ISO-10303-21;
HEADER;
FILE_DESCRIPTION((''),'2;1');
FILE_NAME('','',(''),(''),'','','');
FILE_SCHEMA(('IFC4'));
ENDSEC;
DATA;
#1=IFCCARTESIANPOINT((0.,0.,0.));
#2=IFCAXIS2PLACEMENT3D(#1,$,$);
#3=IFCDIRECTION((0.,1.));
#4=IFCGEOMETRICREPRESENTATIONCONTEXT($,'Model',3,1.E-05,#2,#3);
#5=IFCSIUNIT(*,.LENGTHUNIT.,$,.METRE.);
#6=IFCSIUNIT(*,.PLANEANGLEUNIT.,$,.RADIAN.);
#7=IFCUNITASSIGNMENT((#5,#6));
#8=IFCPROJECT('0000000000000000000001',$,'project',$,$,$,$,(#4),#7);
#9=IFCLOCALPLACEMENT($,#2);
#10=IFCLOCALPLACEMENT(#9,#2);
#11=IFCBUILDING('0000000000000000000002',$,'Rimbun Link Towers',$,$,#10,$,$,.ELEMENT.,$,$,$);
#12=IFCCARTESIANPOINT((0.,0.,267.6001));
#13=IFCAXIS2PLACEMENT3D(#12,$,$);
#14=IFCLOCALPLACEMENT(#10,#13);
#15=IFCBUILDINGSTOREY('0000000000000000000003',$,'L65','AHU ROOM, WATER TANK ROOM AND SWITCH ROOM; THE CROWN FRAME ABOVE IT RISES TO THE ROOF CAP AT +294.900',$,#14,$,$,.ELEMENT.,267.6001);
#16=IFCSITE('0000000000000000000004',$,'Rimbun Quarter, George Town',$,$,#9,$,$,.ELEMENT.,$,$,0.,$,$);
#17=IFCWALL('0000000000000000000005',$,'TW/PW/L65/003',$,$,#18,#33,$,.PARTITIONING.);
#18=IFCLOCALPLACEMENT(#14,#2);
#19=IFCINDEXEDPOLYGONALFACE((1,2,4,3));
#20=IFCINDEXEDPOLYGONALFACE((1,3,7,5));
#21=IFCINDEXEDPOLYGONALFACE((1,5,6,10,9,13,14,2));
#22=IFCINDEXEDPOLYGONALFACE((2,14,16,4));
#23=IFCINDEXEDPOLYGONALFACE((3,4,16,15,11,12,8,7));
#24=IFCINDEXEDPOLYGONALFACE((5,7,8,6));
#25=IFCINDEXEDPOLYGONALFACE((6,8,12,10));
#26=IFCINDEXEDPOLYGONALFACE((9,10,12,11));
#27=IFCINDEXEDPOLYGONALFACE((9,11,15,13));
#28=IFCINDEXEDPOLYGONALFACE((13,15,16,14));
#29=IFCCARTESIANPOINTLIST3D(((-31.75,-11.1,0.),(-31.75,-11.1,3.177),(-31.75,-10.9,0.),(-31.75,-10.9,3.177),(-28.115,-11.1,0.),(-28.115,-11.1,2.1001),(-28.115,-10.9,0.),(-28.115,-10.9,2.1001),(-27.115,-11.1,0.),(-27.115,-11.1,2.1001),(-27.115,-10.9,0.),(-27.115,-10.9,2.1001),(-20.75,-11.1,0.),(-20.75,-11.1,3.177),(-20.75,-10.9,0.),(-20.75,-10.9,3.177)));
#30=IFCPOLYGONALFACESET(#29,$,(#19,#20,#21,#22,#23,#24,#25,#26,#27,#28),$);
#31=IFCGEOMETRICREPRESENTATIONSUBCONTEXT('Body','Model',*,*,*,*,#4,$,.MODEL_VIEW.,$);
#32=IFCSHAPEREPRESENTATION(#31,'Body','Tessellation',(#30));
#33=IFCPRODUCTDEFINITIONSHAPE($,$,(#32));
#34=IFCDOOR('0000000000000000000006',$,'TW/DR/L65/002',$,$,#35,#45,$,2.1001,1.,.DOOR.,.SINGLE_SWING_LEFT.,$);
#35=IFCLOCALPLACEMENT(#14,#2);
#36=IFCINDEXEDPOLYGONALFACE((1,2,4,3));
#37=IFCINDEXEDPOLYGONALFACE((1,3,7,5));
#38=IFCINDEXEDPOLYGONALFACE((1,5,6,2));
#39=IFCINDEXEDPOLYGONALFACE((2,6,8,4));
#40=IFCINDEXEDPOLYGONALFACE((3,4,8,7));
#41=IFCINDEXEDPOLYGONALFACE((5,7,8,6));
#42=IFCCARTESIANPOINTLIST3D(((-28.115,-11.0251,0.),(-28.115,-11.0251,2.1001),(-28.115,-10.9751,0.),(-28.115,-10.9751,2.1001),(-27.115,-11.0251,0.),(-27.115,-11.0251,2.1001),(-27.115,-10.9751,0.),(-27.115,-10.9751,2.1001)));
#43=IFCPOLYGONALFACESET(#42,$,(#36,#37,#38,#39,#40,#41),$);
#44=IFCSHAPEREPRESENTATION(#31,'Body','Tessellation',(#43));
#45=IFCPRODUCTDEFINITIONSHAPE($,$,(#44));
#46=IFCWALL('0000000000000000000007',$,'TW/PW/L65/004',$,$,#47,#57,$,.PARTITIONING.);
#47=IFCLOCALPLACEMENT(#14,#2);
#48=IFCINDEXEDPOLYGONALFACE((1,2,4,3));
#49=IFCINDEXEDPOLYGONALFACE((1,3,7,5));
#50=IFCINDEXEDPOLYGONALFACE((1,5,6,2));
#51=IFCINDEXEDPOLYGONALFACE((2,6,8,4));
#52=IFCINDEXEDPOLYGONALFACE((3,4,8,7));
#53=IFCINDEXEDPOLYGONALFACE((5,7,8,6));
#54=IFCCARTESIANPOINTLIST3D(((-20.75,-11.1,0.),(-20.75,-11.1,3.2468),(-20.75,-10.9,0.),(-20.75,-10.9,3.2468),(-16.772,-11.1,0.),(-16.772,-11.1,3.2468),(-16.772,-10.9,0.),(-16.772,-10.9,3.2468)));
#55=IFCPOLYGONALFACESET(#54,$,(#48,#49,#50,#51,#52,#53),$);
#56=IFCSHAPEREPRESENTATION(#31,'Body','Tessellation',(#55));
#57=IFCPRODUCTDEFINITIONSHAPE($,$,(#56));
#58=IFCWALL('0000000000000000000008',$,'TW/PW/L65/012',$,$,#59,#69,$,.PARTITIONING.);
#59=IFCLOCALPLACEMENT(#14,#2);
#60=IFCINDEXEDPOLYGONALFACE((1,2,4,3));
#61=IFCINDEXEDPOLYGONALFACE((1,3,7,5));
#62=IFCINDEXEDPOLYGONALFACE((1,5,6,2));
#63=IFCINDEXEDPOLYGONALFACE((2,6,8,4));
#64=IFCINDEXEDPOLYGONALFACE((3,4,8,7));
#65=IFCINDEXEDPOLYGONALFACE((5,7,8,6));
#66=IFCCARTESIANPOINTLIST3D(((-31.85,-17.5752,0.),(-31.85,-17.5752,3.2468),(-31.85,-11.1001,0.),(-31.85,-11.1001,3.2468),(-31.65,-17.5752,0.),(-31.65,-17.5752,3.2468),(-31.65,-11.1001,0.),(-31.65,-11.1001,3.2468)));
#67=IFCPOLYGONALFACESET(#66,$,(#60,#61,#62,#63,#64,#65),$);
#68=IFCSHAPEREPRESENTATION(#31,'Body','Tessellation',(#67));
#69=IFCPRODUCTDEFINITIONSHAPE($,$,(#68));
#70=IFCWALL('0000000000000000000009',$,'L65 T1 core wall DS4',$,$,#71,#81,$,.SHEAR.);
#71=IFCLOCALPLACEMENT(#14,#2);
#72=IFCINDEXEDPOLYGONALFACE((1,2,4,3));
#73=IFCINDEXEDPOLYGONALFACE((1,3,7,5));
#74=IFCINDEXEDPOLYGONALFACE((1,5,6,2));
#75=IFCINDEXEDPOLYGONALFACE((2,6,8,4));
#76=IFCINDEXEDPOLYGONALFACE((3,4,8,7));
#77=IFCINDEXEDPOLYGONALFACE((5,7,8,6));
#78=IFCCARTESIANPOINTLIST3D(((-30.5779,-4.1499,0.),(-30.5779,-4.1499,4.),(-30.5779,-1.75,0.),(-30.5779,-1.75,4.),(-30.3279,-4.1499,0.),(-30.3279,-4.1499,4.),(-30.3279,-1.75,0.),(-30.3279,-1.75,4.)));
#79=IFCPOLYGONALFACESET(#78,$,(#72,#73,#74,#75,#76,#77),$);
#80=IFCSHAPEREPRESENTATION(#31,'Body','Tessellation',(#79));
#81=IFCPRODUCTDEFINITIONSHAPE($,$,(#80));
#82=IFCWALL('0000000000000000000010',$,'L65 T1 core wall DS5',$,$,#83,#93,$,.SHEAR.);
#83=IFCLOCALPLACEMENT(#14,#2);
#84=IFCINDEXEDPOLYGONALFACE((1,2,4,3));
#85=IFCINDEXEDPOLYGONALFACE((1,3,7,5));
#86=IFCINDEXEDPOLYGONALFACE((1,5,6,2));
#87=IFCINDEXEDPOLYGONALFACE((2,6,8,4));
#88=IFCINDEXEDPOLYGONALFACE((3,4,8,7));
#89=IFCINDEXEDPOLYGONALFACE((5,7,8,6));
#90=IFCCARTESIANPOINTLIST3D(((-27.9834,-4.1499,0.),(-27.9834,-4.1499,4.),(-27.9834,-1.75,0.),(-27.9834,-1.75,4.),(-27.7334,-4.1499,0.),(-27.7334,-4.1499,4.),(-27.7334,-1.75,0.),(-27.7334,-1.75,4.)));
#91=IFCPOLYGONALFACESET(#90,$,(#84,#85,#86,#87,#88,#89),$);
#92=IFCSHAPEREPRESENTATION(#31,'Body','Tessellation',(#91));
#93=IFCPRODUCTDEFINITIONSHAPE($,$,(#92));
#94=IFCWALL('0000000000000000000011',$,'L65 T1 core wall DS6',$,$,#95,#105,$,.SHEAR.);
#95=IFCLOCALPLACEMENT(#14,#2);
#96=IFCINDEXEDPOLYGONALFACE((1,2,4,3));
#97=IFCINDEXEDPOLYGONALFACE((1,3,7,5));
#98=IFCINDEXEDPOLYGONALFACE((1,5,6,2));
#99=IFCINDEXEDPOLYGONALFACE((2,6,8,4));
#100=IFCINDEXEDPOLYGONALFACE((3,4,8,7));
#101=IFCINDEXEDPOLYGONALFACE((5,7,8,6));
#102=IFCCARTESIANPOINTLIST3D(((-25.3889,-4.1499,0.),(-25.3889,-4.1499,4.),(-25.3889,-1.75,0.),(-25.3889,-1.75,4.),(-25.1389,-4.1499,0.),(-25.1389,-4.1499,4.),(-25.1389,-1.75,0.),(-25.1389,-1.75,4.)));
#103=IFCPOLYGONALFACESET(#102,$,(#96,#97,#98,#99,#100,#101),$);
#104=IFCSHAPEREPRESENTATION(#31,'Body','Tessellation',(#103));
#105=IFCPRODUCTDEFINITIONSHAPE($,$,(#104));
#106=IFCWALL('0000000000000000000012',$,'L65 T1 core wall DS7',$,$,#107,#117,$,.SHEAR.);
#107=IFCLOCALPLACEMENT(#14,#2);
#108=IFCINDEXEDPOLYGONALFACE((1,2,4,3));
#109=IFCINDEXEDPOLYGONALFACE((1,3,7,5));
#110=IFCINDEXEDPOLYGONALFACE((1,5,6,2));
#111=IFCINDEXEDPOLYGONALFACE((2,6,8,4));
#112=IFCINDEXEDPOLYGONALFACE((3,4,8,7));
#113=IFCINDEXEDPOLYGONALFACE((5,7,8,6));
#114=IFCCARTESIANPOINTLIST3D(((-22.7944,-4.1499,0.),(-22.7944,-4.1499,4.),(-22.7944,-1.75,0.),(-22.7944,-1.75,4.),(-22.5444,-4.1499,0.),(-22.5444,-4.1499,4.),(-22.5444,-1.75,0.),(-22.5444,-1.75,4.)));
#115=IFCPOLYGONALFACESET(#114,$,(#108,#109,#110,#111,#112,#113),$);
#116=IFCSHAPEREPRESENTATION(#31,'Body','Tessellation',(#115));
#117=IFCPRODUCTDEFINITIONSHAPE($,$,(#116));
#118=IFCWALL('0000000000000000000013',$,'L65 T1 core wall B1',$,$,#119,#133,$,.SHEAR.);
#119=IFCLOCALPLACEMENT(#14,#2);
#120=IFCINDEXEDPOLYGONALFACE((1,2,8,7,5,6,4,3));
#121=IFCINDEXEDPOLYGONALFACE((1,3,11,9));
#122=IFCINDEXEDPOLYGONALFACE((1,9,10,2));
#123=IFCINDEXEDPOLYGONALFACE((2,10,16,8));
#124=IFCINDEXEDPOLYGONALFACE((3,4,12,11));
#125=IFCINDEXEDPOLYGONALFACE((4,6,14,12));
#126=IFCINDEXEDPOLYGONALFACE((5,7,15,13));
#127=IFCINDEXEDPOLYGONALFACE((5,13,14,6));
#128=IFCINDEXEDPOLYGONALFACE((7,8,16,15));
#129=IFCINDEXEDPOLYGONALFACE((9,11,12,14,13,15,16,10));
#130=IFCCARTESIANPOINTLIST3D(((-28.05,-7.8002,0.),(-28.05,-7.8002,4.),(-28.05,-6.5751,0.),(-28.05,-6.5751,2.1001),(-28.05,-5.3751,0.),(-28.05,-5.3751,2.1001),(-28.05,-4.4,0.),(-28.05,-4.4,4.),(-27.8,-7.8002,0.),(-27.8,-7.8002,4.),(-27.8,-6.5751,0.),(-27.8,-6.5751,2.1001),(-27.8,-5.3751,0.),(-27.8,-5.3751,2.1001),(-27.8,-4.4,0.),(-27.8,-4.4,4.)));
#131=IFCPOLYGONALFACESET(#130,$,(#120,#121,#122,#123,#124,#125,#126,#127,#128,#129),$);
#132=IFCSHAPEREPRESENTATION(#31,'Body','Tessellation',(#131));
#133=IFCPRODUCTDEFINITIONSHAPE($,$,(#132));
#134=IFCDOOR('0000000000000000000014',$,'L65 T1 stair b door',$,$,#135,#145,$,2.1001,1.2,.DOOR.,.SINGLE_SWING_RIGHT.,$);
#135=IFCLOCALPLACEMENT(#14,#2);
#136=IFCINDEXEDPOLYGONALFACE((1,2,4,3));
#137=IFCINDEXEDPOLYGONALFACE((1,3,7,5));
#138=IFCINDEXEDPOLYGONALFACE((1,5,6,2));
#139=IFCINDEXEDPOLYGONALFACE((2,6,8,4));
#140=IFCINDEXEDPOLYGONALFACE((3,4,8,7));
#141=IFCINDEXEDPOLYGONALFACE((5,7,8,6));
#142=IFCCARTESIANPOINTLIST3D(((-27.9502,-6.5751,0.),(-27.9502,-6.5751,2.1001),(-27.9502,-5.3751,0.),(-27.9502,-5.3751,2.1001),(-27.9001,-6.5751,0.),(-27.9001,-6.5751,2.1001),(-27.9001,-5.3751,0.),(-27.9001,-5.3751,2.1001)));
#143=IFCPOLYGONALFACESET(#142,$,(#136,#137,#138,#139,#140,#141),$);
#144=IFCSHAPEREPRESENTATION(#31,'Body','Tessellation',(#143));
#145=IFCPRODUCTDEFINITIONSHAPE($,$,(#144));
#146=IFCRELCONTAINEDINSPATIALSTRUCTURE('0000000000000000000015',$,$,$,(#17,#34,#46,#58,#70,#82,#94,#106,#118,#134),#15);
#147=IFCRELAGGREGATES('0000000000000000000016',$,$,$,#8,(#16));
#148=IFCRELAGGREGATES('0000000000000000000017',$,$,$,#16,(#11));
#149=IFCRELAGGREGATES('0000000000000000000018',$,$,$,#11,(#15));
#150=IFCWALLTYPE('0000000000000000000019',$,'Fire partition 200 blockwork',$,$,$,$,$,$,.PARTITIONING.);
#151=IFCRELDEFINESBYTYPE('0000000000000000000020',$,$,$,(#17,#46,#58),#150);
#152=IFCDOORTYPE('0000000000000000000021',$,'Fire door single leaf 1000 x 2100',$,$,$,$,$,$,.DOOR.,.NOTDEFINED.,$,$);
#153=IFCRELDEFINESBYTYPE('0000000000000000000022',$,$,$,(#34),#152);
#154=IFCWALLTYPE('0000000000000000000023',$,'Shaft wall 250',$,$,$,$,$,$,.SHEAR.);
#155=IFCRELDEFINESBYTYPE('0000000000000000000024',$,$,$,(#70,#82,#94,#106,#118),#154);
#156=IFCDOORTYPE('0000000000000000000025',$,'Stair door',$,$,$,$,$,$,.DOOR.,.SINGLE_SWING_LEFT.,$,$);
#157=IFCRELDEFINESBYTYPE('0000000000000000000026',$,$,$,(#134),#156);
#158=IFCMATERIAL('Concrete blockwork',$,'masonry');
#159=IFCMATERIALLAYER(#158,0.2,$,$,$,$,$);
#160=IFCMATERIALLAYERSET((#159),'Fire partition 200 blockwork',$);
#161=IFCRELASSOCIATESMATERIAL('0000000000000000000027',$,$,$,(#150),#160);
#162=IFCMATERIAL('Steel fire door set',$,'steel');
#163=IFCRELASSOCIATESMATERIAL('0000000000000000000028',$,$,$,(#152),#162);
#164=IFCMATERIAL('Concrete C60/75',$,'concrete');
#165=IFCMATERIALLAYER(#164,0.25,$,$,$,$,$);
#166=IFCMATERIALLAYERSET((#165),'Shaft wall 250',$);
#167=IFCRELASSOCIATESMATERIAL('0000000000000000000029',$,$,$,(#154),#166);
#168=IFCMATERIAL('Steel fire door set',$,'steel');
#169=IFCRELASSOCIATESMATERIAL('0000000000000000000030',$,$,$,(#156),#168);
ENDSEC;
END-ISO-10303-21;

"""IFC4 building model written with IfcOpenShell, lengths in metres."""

from ifc_helpers import new_model, si_unit, direction, frame, frame_2d, origin, place, context, subcontext, project, spatial, rectangle, extrude, material, layer, layer_set, type_object, element, fill, save


model = new_model("IFC4")

# Units and contexts
model_context = context("Model", 3, precision=1e-05, world=origin(), true_north=direction((0.0, 1.0)))
body_context = subcontext(model_context, "Body", "Model", "MODEL_VIEW")
ifc_project = project(units=[si_unit("LENGTHUNIT", "METRE"), si_unit("PLANEANGLEUNIT", "RADIAN")], contexts=[model_context])

# Site, building, storey
site_placement = place(None, origin())
site = spatial("IfcSite", under=ifc_project, at=site_placement, Name="Rimbun Quarter, George Town", CompositionType="ELEMENT", RefElevation=0.0)
building_placement = place(site_placement, origin())
building = spatial("IfcBuilding", under=site, at=building_placement, Name="Rimbun Link Towers", CompositionType="ELEMENT")
storey_placement = place(building_placement, frame((0.0, 0.0, 267.6001)))
storey = spatial("IfcBuildingStorey", under=building, at=storey_placement, Name="L65", Description="AHU ROOM, WATER TANK ROOM AND SWITCH ROOM; THE CROWN FRAME ABOVE IT RISES TO THE ROOF CAP AT +294.900", CompositionType="ELEMENT", Elevation=267.6001)

# Wall, opening, door
ifc_material_1 = material(Name="Concrete blockwork", Category="masonry")
ifc_layer_1 = layer(ifc_material_1, 0.2)
ifc_layer_set_1 = layer_set([ifc_layer_1], Name="Fire partition 200 blockwork")
wall_type_1 = type_object("IfcWallType", Name="Fire partition 200 blockwork", PredefinedType="PARTITIONING", material=ifc_layer_set_1)
wall_1_placement = place(storey_placement, frame((-31.75, -11.0, 0.0), z_axis=(0.0, 0.0, 1.0), x_axis=(1.0, 0.0, 0.0)))
wall_1 = element("IfcWall", 1, at=wall_1_placement, inside=storey, type_object=wall_type_1, Name="TW/PW/L65/003", PredefinedType="PARTITIONING", context=body_context, shape_type="SweptSolid", body=[
    extrude(rectangle(XDim=11.0, YDim=0.2, at=frame_2d((5.5, 0.0))), origin(), (0.0, 0.0, 1.0), 3.177),
])
opening_1_placement = place(wall_1_placement, frame((3.635, 0.0, 0.0)))
opening_1 = element("IfcOpeningElement", 2, at=opening_1_placement, cuts=wall_1, PredefinedType="OPENING", context=body_context, shape_type="SweptSolid", body=[
    extrude(rectangle(XDim=1.0, YDim=2.1001, at=frame_2d((0.5, 1.05))), frame((0.0, 0.1099, 0.0), z_axis=(0.0, -1.0, 0.0), x_axis=(1.0, 0.0, 0.0)), (0.0, 0.0, 1.0), 0.22),
])
ifc_material_2 = material(Name="Steel fire door set", Category="steel")
door_type_1 = type_object("IfcDoorType", Name="Fire door single leaf 1000 x 2100", OperationType="NOTDEFINED", PredefinedType="DOOR", material=ifc_material_2)
door_1_placement = place(opening_1_placement, origin())
door_1 = element("IfcDoor", 3, at=door_1_placement, inside=storey, type_object=door_type_1, Name="TW/DR/L65/002", OperationType="SINGLE_SWING_LEFT", OverallHeight=2.1001, OverallWidth=1.0, PredefinedType="DOOR", context=body_context, shape_type="SweptSolid", body=[
    extrude(rectangle(XDim=1.0, YDim=2.1001, at=frame_2d((0.5, 1.05))), frame((0.0, 0.0249, 0.0), z_axis=(0.0, -1.0, 0.0), x_axis=(1.0, 0.0, 0.0)), (0.0, 0.0, 1.0), 0.05),
])
fill(opening_1, door_1)

# Walls
wall_2_placement = place(storey_placement, frame((-20.75, -11.0, 0.0), z_axis=(0.0, 0.0, 1.0), x_axis=(1.0, 0.0, 0.0)))
element("IfcWall", 4, at=wall_2_placement, inside=storey, type_object=wall_type_1, Name="TW/PW/L65/004", PredefinedType="PARTITIONING", context=body_context, shape_type="SweptSolid", body=[
    extrude(rectangle(XDim=3.978, YDim=0.2, at=frame_2d((1.989, 0.0))), origin(), (0.0, 0.0, 1.0), 3.2468),
])
wall_3_placement = place(storey_placement, frame((-31.75, -17.5752, 0.0), z_axis=(0.0, 0.0, 1.0), x_axis=(0.0, 1.0, 0.0)))
element("IfcWall", 5, at=wall_3_placement, inside=storey, type_object=wall_type_1, Name="TW/PW/L65/012", PredefinedType="PARTITIONING", context=body_context, shape_type="SweptSolid", body=[
    extrude(rectangle(XDim=6.4751, YDim=0.2, at=frame_2d((3.2375, 0.0))), origin(), (0.0, 0.0, 1.0), 3.2468),
])
ifc_material_3 = material(Name="Concrete C60/75", Category="concrete")
ifc_layer_2 = layer(ifc_material_3, 0.25)
ifc_layer_set_2 = layer_set([ifc_layer_2], Name="Shaft wall 250")
wall_type_2 = type_object("IfcWallType", Name="Shaft wall 250", PredefinedType="SHEAR", material=ifc_layer_set_2)
for number, where, z_axis, x_axis, name in (
    (6, (-30.4529, -4.1499, 0.0), (0.0, 0.0, 1.0), (0.0, 1.0, 0.0), "L65 T1 core wall DS4"),
    (7, (-27.8584, -4.1499, 0.0), (0.0, 0.0, 1.0), (0.0, 1.0, 0.0), "L65 T1 core wall DS5"),
    (8, (-25.2639, -4.1499, 0.0), (0.0, 0.0, 1.0), (0.0, 1.0, 0.0), "L65 T1 core wall DS6"),
    (9, (-22.6694, -4.1499, 0.0), (0.0, 0.0, 1.0), (0.0, 1.0, 0.0), "L65 T1 core wall DS7"),
):
    element("IfcWall", number, at=place(storey_placement, frame(where, z_axis=z_axis, x_axis=x_axis)), inside=storey, type_object=wall_type_2, Name=name, PredefinedType="SHEAR", context=body_context, shape_type="SweptSolid", body=[
        extrude(rectangle(XDim=2.3999, YDim=0.25, at=frame_2d((1.2, 0.0))), origin(), (0.0, 0.0, 1.0), 4.0),
    ])

# Wall, opening, door
wall_4_placement = place(storey_placement, frame((-27.925, -4.3999, 0.0), z_axis=(0.0, 0.0, 1.0), x_axis=(0.0, -1.0, 0.0)))
wall_4 = element("IfcWall", 10, at=wall_4_placement, inside=storey, type_object=wall_type_2, Name="L65 T1 core wall B1", PredefinedType="SHEAR", context=body_context, shape_type="SweptSolid", body=[
    extrude(rectangle(XDim=3.4001, YDim=0.25, at=frame_2d((1.7002, 0.0))), origin(), (0.0, 0.0, 1.0), 4.0),
])
opening_2_placement = place(wall_4_placement, frame((0.9751, 0.0, 0.0)))
opening_2 = element("IfcOpeningElement", 11, at=opening_2_placement, cuts=wall_4, PredefinedType="OPENING", context=body_context, shape_type="SweptSolid", body=[
    extrude(rectangle(XDim=1.2, YDim=2.1001, at=frame_2d((0.6001, 1.05))), frame((0.0, 0.135, 0.0), z_axis=(0.0, -1.0, 0.0), x_axis=(1.0, 0.0, 0.0)), (0.0, 0.0, 1.0), 0.27),
])
ifc_material_4 = material(Name="Steel fire door set", Category="steel")
door_type_2 = type_object("IfcDoorType", Name="Stair door", OperationType="SINGLE_SWING_LEFT", PredefinedType="DOOR", material=ifc_material_4)
door_2_placement = place(opening_2_placement, origin())
door_2 = element("IfcDoor", 12, at=door_2_placement, inside=storey, type_object=door_type_2, Name="L65 T1 stair b door", OperationType="SINGLE_SWING_RIGHT", OverallHeight=2.1001, OverallWidth=1.2, PredefinedType="DOOR", context=body_context, shape_type="SweptSolid", body=[
    extrude(rectangle(XDim=1.2, YDim=2.1001, at=frame_2d((0.6001, 1.05))), frame((0.0, 0.0249, 0.0), z_axis=(0.0, -1.0, 0.0), x_axis=(1.0, 0.0, 0.0)), (0.0, 0.0, 1.0), 0.05),
])
fill(opening_2, door_2)

save(model, "model.ifc")
